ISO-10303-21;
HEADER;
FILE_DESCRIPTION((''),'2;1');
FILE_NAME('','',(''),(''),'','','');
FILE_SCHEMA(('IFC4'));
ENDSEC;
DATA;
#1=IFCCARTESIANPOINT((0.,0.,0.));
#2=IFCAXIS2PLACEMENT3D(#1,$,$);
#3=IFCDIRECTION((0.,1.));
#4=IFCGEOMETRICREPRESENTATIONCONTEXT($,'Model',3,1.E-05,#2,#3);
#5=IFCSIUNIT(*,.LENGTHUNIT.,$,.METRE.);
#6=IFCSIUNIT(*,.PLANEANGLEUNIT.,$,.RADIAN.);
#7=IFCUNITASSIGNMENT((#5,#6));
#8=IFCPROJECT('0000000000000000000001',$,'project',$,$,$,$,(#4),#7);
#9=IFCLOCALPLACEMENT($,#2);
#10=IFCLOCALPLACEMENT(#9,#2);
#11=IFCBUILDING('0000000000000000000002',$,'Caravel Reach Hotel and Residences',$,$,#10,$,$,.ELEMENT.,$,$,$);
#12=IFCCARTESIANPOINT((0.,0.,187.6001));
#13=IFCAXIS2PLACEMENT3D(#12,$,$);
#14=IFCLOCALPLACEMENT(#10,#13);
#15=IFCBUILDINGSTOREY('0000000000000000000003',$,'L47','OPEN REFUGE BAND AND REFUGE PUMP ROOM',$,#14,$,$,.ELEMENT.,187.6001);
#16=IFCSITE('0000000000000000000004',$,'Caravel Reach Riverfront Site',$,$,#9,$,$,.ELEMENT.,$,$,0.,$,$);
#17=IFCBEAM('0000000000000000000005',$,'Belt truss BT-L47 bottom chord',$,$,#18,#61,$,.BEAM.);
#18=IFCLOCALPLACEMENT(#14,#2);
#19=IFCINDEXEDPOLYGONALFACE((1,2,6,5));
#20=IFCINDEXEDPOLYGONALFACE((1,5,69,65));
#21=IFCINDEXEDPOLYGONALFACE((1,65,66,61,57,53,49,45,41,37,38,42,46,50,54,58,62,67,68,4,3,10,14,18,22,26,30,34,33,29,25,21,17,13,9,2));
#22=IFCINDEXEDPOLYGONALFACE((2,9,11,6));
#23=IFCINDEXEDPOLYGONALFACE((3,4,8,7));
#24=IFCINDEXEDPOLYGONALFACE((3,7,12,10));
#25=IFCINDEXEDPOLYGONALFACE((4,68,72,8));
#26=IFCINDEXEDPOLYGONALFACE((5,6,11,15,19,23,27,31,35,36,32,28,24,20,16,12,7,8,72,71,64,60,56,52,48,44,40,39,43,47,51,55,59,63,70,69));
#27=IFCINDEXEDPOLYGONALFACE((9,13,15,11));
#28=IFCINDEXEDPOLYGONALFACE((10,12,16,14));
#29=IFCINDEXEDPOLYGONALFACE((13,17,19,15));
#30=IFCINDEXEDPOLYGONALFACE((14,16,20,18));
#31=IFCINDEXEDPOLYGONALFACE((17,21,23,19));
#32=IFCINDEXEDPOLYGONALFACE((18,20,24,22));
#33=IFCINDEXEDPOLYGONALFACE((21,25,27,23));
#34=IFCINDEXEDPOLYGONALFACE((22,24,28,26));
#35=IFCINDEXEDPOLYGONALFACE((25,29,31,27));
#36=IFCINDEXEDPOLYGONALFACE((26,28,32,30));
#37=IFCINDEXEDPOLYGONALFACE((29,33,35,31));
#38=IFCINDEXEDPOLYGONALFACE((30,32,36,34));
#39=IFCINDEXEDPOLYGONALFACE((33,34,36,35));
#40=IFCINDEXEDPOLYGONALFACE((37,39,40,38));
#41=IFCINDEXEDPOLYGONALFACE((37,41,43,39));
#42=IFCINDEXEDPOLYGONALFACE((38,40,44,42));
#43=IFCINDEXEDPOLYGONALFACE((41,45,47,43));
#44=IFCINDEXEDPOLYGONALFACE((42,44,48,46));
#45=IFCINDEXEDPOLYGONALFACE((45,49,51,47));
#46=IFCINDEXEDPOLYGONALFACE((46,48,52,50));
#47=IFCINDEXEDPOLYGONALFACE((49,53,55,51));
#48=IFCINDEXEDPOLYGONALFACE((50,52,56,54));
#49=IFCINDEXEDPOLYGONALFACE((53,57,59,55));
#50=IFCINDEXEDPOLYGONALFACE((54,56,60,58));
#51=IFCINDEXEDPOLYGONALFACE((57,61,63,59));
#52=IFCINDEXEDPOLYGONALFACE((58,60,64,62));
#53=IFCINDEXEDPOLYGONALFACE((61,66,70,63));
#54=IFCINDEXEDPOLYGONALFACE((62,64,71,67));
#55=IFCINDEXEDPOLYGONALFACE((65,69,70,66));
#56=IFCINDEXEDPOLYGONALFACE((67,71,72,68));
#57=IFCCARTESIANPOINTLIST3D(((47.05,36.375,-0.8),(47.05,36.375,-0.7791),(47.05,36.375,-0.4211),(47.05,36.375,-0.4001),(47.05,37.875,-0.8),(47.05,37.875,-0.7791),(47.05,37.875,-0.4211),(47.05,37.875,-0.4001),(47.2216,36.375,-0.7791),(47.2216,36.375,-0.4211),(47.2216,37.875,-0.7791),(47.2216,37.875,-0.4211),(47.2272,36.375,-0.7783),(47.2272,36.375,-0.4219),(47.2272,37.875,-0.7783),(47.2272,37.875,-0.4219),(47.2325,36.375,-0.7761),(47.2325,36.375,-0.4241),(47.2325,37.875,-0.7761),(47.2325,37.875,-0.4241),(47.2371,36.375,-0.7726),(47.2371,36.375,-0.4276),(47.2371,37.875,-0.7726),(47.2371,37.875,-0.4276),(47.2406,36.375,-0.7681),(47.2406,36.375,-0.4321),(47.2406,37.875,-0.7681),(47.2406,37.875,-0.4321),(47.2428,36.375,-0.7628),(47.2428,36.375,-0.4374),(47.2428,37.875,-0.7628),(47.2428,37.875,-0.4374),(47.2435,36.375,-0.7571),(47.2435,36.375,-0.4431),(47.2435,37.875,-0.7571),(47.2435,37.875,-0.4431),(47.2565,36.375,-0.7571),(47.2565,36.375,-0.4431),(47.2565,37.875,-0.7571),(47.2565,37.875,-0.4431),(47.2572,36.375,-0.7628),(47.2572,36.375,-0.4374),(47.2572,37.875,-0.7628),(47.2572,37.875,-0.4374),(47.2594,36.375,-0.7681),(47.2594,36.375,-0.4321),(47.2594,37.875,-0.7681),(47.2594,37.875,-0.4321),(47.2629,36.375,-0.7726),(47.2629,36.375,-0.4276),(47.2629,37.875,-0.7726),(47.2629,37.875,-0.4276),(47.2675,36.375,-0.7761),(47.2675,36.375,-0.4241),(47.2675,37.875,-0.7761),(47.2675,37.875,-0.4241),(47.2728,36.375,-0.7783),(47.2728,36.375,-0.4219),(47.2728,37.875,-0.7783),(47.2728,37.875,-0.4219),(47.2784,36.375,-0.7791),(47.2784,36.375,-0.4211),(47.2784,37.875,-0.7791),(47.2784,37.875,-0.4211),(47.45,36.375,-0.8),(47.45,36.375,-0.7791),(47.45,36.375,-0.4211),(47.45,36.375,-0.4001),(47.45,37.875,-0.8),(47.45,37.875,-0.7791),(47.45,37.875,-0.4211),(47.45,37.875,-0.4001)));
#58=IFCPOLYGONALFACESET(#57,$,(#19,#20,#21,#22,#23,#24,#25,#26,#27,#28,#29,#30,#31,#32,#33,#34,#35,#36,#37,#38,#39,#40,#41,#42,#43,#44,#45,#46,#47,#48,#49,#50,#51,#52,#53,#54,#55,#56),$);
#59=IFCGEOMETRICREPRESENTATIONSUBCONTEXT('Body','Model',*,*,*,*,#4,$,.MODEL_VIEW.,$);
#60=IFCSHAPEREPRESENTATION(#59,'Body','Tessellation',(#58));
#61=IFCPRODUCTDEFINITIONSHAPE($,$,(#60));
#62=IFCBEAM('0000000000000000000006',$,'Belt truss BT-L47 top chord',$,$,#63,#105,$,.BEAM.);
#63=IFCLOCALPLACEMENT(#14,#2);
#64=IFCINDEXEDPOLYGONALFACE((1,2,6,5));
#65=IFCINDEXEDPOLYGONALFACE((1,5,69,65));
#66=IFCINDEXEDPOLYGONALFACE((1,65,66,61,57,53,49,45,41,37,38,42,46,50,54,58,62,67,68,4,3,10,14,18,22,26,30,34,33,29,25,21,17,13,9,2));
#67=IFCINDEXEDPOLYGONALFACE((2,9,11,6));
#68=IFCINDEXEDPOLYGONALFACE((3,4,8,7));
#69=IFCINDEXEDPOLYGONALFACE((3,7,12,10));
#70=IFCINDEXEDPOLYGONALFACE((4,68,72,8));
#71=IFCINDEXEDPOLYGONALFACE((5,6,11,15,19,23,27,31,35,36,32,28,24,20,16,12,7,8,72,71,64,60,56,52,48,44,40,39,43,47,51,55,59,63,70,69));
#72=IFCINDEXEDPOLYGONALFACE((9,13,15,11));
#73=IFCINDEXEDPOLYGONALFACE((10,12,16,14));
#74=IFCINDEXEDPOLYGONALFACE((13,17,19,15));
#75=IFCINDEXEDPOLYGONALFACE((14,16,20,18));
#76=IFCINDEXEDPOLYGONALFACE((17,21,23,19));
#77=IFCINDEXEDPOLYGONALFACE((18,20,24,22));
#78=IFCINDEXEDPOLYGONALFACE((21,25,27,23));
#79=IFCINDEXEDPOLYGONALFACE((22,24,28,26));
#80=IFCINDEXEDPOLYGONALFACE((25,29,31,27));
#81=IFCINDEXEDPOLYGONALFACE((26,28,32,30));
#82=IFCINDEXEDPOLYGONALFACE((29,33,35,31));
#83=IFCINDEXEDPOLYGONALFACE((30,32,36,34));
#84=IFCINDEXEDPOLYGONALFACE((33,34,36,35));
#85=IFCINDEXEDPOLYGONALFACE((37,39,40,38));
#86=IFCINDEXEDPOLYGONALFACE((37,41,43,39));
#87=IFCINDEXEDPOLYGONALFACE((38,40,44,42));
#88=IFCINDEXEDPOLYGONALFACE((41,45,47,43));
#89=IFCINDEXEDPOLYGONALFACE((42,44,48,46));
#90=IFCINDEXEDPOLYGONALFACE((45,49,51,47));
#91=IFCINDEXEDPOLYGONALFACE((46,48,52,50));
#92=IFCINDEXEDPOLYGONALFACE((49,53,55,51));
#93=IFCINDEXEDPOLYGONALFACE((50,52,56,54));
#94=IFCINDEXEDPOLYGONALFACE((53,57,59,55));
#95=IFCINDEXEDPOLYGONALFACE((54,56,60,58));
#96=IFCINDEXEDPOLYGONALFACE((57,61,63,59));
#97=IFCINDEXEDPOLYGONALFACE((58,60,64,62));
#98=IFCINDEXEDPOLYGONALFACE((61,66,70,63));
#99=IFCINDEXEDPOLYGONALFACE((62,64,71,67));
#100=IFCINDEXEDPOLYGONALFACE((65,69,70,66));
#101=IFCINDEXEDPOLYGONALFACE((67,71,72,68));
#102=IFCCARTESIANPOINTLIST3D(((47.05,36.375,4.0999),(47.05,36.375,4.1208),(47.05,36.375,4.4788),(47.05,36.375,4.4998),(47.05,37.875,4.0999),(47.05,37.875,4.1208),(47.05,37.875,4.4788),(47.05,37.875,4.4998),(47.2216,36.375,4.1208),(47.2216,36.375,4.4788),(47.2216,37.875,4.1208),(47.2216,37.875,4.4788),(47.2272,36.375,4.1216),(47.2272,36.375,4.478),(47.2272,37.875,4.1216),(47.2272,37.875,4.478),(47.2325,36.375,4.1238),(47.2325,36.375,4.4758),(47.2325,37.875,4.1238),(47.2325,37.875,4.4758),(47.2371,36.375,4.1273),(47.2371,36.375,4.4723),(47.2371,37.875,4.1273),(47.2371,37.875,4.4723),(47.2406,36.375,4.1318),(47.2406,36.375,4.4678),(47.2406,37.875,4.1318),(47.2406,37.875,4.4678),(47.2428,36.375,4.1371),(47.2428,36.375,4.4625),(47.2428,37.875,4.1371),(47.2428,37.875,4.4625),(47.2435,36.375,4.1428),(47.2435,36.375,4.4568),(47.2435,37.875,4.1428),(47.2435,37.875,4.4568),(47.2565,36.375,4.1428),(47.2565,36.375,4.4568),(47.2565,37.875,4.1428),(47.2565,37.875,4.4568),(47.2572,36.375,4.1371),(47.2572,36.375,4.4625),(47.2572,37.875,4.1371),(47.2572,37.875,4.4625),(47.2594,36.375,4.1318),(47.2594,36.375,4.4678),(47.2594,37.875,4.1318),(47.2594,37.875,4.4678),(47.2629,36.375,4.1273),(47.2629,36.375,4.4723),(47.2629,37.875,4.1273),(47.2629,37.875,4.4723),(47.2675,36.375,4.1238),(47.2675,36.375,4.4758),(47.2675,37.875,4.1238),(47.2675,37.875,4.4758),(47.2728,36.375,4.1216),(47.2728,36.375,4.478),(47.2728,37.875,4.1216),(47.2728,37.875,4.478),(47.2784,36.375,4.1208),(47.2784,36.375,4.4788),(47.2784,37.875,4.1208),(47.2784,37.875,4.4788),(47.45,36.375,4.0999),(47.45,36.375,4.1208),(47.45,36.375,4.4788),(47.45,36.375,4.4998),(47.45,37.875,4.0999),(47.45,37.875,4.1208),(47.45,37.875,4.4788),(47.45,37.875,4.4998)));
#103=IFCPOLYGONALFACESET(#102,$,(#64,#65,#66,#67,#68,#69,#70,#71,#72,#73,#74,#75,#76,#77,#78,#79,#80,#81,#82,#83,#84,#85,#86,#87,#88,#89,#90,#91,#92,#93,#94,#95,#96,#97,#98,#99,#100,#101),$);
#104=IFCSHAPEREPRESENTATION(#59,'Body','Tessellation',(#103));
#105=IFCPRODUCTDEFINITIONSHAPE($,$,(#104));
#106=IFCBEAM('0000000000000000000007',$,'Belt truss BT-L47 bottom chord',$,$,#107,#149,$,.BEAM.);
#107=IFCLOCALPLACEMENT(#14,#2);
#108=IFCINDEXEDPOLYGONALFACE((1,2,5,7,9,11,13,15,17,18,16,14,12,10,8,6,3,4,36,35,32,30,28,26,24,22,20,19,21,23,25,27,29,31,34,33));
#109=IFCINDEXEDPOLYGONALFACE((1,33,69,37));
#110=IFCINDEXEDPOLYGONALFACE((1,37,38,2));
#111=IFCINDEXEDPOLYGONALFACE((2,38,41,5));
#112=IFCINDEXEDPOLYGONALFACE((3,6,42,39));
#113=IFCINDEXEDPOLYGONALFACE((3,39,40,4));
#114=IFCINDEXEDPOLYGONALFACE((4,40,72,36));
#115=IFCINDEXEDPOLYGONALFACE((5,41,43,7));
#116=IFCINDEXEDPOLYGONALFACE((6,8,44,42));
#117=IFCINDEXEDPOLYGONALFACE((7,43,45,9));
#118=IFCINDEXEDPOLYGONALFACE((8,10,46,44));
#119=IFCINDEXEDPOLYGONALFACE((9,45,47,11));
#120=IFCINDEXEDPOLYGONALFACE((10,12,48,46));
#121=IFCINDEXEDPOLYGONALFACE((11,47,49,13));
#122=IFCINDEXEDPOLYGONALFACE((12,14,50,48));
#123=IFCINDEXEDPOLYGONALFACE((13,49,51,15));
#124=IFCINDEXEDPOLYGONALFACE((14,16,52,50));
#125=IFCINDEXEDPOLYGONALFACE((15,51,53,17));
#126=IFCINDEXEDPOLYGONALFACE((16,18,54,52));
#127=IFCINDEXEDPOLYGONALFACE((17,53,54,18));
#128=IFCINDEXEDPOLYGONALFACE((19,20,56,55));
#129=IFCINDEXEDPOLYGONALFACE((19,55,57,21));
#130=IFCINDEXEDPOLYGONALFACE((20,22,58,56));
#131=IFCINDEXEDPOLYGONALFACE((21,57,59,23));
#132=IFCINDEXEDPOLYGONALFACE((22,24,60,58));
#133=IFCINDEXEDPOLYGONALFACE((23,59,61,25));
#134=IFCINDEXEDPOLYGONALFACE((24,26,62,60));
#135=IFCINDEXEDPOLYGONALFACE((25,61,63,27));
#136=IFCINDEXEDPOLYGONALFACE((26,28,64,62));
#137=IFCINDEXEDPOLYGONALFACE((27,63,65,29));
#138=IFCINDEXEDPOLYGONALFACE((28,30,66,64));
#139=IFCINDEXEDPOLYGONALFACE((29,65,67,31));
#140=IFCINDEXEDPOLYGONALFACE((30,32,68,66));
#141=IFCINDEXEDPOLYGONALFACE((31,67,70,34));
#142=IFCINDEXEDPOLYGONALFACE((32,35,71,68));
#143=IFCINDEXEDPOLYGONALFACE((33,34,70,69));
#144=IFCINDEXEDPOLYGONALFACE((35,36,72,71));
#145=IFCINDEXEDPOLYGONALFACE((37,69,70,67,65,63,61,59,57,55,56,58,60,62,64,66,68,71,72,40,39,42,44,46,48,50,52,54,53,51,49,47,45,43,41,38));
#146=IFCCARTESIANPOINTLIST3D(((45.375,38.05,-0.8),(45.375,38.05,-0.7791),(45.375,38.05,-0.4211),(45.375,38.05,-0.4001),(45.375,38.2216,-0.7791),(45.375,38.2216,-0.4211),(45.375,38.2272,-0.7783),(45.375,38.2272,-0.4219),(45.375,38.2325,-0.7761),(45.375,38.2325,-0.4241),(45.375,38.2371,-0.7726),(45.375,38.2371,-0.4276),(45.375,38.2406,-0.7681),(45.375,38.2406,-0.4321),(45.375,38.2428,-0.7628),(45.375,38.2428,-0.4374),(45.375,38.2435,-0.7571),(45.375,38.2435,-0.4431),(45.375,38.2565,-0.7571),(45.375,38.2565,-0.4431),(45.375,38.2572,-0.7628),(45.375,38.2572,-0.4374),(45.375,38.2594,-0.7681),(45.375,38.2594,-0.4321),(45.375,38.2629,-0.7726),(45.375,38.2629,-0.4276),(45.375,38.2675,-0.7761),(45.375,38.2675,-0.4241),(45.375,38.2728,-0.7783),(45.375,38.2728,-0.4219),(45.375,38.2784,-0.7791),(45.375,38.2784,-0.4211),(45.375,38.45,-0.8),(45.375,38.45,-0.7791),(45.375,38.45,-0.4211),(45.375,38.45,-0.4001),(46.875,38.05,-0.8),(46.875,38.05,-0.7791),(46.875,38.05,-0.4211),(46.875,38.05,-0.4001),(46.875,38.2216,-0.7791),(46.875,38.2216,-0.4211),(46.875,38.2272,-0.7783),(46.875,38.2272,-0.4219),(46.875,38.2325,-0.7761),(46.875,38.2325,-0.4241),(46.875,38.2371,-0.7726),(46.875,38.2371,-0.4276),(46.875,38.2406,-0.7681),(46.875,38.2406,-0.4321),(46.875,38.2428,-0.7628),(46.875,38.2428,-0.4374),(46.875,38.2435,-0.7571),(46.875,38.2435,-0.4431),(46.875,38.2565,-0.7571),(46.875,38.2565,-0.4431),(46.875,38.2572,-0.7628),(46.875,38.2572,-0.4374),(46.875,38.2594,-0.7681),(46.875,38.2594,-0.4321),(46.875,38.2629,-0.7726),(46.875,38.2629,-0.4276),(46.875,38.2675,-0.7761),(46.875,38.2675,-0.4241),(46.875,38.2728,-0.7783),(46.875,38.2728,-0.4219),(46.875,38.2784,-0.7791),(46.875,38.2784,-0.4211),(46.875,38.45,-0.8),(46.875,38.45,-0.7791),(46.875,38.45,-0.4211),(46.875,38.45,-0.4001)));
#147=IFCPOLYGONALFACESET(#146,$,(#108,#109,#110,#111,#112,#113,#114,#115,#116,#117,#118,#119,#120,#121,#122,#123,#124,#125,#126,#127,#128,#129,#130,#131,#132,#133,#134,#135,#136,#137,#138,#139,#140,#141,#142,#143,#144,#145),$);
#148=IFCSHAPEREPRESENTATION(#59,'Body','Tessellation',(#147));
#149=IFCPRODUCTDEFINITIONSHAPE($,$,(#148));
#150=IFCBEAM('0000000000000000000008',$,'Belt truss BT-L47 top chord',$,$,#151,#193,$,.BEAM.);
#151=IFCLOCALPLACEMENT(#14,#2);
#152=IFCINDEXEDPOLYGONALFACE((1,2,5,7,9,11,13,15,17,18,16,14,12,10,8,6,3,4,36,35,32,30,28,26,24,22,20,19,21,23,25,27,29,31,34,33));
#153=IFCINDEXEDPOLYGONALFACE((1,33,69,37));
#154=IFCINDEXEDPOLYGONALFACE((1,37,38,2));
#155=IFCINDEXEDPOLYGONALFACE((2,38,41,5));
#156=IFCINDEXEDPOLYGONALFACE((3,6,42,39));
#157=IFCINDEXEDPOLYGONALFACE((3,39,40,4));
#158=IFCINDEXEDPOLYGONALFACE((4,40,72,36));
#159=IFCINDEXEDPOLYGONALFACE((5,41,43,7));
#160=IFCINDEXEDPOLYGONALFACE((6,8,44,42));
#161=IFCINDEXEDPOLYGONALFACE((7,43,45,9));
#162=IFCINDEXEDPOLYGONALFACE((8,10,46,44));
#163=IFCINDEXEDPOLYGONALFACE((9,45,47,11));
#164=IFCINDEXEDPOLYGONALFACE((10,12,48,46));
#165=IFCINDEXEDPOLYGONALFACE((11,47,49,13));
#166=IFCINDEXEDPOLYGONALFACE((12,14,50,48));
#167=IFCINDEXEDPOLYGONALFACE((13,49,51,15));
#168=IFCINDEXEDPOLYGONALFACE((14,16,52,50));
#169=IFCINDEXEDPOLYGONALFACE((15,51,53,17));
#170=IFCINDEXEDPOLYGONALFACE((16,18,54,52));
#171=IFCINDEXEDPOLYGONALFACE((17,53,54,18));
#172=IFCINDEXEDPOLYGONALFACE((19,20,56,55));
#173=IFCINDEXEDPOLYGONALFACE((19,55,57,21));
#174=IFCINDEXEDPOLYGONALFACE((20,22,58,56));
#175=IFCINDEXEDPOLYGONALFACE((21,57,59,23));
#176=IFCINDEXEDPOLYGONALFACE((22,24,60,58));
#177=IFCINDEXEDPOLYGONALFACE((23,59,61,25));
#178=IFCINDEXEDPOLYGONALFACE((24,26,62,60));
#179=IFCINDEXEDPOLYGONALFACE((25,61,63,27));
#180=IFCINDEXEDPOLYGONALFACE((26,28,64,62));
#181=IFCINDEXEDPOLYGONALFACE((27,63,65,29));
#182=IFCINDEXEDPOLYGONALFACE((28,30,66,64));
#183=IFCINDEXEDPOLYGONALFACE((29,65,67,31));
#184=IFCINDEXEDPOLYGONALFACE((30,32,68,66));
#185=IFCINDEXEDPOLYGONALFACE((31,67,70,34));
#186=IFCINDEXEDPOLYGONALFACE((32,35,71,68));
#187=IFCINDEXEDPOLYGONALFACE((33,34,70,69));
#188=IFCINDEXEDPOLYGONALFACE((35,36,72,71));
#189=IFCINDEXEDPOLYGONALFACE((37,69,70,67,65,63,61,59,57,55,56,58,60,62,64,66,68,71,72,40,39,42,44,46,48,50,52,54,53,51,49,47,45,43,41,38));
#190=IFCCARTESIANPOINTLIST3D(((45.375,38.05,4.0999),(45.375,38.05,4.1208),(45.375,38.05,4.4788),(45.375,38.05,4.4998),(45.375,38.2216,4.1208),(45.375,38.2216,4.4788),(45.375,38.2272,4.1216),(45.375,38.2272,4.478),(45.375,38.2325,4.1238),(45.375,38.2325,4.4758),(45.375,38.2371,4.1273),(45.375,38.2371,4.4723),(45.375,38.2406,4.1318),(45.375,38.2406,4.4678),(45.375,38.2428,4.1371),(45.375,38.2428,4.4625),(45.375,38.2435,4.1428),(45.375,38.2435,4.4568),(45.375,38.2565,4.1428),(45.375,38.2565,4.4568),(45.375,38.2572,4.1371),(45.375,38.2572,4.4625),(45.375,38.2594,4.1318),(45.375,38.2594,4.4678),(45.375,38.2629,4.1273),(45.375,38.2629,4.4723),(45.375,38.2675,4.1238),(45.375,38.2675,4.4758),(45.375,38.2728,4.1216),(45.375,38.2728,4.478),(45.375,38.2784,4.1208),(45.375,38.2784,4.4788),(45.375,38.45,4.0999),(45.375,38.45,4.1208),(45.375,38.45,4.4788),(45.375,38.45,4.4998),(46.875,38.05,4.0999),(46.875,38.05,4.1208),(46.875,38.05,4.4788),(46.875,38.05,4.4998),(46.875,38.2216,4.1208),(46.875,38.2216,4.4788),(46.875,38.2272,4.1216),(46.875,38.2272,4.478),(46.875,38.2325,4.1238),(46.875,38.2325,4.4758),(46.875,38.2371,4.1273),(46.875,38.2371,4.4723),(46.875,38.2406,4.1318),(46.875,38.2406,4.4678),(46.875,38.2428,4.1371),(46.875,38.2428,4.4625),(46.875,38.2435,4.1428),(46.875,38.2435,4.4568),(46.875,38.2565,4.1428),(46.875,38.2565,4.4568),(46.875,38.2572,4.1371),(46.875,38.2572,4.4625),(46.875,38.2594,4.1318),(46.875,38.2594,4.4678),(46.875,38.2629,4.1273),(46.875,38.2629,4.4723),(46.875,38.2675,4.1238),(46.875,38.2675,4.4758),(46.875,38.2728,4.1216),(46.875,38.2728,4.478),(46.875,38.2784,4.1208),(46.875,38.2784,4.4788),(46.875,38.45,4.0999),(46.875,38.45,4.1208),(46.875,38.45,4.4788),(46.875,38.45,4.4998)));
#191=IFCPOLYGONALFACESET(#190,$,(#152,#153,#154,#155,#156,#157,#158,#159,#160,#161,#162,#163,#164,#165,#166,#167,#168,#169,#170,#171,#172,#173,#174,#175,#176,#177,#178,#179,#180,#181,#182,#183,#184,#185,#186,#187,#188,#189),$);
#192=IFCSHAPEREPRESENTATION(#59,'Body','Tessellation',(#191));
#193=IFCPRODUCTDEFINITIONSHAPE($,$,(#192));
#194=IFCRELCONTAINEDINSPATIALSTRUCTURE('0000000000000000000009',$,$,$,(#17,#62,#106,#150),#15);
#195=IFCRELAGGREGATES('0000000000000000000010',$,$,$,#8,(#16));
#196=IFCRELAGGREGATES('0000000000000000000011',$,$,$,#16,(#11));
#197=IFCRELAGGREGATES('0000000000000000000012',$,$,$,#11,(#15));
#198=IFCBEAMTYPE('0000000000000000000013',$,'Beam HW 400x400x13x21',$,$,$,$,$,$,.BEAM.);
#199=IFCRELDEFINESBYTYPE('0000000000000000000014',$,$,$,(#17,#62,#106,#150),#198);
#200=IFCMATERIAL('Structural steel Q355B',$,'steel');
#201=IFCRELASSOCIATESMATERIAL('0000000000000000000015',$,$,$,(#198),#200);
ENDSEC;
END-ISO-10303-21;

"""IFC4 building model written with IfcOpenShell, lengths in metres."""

from ifc_helpers import new_model, si_unit, direction, frame, origin, origin_2d, place, context, subcontext, project, spatial, i_section, extrude, material, material_profile, profile_set, type_object, element, save


model = new_model("IFC4")

# Units and contexts
model_context = context("Model", 3, precision=1e-05, world=origin(), true_north=direction((0.0, 1.0)))
body_context = subcontext(model_context, "Body", "Model", "MODEL_VIEW")
ifc_project = project(units=[si_unit("LENGTHUNIT", "METRE"), si_unit("PLANEANGLEUNIT", "RADIAN")], contexts=[model_context])

# Site, building, storey
site_placement = place(None, origin())
site = spatial("IfcSite", under=ifc_project, at=site_placement, Name="Caravel Reach Riverfront Site", CompositionType="ELEMENT", RefElevation=0.0)
building_placement = place(site_placement, origin())
building = spatial("IfcBuilding", under=site, at=building_placement, Name="Caravel Reach Hotel and Residences", CompositionType="ELEMENT")
storey_placement = place(building_placement, frame((0.0, 0.0, 187.6001)))
storey = spatial("IfcBuildingStorey", under=building, at=storey_placement, Name="L47", Description="OPEN REFUGE BAND AND REFUGE PUMP ROOM", CompositionType="ELEMENT", Elevation=187.6001)

# Beams
ifc_material_1 = material(Name="Structural steel Q355B", Category="steel")
ifc_material_profile_1 = material_profile(ifc_material_1, i_section(OverallWidth=0.3999, OverallDepth=0.3999, WebThickness=0.0129, FlangeThickness=0.021, FilletRadius=0.022, at=origin_2d()), Name="HW 400x400x13x21")
ifc_profile_set_1 = profile_set([ifc_material_profile_1], Name="Structural steel Q355B")
beam_type_1 = type_object("IfcBeamType", Name="Beam HW 400x400x13x21", PredefinedType="BEAM", material=ifc_profile_set_1)
for number, where, z_axis, x_axis, name in (
    (1, (47.25, 36.375, -0.6001), (0.0, 1.0, 0.0), (-1.0, 0.0, 0.0), "Belt truss BT-L47 bottom chord"),
    (2, (47.25, 36.375, 4.2998), (0.0, 1.0, 0.0), (-1.0, 0.0, 0.0), "Belt truss BT-L47 top chord"),
    (3, (46.875, 38.25, -0.6001), (-1.0, 0.0, 0.0), (0.0, -1.0, 0.0), "Belt truss BT-L47 bottom chord"),
    (4, (46.875, 38.25, 4.2998), (-1.0, 0.0, 0.0), (0.0, -1.0, 0.0), "Belt truss BT-L47 top chord"),
):
    element("IfcBeam", number, at=place(storey_placement, frame(where, z_axis=z_axis, x_axis=x_axis)), inside=storey, type_object=beam_type_1, Name=name, PredefinedType="BEAM", context=body_context, shape_type="SweptSolid", body=[
        extrude(i_section(OverallWidth=0.3999, OverallDepth=0.3999, WebThickness=0.0129, FlangeThickness=0.021, FilletRadius=0.022, at=origin_2d()), origin(), (0.0, 0.0, 1.0), 1.5),
    ])

save(model, "model.ifc")
